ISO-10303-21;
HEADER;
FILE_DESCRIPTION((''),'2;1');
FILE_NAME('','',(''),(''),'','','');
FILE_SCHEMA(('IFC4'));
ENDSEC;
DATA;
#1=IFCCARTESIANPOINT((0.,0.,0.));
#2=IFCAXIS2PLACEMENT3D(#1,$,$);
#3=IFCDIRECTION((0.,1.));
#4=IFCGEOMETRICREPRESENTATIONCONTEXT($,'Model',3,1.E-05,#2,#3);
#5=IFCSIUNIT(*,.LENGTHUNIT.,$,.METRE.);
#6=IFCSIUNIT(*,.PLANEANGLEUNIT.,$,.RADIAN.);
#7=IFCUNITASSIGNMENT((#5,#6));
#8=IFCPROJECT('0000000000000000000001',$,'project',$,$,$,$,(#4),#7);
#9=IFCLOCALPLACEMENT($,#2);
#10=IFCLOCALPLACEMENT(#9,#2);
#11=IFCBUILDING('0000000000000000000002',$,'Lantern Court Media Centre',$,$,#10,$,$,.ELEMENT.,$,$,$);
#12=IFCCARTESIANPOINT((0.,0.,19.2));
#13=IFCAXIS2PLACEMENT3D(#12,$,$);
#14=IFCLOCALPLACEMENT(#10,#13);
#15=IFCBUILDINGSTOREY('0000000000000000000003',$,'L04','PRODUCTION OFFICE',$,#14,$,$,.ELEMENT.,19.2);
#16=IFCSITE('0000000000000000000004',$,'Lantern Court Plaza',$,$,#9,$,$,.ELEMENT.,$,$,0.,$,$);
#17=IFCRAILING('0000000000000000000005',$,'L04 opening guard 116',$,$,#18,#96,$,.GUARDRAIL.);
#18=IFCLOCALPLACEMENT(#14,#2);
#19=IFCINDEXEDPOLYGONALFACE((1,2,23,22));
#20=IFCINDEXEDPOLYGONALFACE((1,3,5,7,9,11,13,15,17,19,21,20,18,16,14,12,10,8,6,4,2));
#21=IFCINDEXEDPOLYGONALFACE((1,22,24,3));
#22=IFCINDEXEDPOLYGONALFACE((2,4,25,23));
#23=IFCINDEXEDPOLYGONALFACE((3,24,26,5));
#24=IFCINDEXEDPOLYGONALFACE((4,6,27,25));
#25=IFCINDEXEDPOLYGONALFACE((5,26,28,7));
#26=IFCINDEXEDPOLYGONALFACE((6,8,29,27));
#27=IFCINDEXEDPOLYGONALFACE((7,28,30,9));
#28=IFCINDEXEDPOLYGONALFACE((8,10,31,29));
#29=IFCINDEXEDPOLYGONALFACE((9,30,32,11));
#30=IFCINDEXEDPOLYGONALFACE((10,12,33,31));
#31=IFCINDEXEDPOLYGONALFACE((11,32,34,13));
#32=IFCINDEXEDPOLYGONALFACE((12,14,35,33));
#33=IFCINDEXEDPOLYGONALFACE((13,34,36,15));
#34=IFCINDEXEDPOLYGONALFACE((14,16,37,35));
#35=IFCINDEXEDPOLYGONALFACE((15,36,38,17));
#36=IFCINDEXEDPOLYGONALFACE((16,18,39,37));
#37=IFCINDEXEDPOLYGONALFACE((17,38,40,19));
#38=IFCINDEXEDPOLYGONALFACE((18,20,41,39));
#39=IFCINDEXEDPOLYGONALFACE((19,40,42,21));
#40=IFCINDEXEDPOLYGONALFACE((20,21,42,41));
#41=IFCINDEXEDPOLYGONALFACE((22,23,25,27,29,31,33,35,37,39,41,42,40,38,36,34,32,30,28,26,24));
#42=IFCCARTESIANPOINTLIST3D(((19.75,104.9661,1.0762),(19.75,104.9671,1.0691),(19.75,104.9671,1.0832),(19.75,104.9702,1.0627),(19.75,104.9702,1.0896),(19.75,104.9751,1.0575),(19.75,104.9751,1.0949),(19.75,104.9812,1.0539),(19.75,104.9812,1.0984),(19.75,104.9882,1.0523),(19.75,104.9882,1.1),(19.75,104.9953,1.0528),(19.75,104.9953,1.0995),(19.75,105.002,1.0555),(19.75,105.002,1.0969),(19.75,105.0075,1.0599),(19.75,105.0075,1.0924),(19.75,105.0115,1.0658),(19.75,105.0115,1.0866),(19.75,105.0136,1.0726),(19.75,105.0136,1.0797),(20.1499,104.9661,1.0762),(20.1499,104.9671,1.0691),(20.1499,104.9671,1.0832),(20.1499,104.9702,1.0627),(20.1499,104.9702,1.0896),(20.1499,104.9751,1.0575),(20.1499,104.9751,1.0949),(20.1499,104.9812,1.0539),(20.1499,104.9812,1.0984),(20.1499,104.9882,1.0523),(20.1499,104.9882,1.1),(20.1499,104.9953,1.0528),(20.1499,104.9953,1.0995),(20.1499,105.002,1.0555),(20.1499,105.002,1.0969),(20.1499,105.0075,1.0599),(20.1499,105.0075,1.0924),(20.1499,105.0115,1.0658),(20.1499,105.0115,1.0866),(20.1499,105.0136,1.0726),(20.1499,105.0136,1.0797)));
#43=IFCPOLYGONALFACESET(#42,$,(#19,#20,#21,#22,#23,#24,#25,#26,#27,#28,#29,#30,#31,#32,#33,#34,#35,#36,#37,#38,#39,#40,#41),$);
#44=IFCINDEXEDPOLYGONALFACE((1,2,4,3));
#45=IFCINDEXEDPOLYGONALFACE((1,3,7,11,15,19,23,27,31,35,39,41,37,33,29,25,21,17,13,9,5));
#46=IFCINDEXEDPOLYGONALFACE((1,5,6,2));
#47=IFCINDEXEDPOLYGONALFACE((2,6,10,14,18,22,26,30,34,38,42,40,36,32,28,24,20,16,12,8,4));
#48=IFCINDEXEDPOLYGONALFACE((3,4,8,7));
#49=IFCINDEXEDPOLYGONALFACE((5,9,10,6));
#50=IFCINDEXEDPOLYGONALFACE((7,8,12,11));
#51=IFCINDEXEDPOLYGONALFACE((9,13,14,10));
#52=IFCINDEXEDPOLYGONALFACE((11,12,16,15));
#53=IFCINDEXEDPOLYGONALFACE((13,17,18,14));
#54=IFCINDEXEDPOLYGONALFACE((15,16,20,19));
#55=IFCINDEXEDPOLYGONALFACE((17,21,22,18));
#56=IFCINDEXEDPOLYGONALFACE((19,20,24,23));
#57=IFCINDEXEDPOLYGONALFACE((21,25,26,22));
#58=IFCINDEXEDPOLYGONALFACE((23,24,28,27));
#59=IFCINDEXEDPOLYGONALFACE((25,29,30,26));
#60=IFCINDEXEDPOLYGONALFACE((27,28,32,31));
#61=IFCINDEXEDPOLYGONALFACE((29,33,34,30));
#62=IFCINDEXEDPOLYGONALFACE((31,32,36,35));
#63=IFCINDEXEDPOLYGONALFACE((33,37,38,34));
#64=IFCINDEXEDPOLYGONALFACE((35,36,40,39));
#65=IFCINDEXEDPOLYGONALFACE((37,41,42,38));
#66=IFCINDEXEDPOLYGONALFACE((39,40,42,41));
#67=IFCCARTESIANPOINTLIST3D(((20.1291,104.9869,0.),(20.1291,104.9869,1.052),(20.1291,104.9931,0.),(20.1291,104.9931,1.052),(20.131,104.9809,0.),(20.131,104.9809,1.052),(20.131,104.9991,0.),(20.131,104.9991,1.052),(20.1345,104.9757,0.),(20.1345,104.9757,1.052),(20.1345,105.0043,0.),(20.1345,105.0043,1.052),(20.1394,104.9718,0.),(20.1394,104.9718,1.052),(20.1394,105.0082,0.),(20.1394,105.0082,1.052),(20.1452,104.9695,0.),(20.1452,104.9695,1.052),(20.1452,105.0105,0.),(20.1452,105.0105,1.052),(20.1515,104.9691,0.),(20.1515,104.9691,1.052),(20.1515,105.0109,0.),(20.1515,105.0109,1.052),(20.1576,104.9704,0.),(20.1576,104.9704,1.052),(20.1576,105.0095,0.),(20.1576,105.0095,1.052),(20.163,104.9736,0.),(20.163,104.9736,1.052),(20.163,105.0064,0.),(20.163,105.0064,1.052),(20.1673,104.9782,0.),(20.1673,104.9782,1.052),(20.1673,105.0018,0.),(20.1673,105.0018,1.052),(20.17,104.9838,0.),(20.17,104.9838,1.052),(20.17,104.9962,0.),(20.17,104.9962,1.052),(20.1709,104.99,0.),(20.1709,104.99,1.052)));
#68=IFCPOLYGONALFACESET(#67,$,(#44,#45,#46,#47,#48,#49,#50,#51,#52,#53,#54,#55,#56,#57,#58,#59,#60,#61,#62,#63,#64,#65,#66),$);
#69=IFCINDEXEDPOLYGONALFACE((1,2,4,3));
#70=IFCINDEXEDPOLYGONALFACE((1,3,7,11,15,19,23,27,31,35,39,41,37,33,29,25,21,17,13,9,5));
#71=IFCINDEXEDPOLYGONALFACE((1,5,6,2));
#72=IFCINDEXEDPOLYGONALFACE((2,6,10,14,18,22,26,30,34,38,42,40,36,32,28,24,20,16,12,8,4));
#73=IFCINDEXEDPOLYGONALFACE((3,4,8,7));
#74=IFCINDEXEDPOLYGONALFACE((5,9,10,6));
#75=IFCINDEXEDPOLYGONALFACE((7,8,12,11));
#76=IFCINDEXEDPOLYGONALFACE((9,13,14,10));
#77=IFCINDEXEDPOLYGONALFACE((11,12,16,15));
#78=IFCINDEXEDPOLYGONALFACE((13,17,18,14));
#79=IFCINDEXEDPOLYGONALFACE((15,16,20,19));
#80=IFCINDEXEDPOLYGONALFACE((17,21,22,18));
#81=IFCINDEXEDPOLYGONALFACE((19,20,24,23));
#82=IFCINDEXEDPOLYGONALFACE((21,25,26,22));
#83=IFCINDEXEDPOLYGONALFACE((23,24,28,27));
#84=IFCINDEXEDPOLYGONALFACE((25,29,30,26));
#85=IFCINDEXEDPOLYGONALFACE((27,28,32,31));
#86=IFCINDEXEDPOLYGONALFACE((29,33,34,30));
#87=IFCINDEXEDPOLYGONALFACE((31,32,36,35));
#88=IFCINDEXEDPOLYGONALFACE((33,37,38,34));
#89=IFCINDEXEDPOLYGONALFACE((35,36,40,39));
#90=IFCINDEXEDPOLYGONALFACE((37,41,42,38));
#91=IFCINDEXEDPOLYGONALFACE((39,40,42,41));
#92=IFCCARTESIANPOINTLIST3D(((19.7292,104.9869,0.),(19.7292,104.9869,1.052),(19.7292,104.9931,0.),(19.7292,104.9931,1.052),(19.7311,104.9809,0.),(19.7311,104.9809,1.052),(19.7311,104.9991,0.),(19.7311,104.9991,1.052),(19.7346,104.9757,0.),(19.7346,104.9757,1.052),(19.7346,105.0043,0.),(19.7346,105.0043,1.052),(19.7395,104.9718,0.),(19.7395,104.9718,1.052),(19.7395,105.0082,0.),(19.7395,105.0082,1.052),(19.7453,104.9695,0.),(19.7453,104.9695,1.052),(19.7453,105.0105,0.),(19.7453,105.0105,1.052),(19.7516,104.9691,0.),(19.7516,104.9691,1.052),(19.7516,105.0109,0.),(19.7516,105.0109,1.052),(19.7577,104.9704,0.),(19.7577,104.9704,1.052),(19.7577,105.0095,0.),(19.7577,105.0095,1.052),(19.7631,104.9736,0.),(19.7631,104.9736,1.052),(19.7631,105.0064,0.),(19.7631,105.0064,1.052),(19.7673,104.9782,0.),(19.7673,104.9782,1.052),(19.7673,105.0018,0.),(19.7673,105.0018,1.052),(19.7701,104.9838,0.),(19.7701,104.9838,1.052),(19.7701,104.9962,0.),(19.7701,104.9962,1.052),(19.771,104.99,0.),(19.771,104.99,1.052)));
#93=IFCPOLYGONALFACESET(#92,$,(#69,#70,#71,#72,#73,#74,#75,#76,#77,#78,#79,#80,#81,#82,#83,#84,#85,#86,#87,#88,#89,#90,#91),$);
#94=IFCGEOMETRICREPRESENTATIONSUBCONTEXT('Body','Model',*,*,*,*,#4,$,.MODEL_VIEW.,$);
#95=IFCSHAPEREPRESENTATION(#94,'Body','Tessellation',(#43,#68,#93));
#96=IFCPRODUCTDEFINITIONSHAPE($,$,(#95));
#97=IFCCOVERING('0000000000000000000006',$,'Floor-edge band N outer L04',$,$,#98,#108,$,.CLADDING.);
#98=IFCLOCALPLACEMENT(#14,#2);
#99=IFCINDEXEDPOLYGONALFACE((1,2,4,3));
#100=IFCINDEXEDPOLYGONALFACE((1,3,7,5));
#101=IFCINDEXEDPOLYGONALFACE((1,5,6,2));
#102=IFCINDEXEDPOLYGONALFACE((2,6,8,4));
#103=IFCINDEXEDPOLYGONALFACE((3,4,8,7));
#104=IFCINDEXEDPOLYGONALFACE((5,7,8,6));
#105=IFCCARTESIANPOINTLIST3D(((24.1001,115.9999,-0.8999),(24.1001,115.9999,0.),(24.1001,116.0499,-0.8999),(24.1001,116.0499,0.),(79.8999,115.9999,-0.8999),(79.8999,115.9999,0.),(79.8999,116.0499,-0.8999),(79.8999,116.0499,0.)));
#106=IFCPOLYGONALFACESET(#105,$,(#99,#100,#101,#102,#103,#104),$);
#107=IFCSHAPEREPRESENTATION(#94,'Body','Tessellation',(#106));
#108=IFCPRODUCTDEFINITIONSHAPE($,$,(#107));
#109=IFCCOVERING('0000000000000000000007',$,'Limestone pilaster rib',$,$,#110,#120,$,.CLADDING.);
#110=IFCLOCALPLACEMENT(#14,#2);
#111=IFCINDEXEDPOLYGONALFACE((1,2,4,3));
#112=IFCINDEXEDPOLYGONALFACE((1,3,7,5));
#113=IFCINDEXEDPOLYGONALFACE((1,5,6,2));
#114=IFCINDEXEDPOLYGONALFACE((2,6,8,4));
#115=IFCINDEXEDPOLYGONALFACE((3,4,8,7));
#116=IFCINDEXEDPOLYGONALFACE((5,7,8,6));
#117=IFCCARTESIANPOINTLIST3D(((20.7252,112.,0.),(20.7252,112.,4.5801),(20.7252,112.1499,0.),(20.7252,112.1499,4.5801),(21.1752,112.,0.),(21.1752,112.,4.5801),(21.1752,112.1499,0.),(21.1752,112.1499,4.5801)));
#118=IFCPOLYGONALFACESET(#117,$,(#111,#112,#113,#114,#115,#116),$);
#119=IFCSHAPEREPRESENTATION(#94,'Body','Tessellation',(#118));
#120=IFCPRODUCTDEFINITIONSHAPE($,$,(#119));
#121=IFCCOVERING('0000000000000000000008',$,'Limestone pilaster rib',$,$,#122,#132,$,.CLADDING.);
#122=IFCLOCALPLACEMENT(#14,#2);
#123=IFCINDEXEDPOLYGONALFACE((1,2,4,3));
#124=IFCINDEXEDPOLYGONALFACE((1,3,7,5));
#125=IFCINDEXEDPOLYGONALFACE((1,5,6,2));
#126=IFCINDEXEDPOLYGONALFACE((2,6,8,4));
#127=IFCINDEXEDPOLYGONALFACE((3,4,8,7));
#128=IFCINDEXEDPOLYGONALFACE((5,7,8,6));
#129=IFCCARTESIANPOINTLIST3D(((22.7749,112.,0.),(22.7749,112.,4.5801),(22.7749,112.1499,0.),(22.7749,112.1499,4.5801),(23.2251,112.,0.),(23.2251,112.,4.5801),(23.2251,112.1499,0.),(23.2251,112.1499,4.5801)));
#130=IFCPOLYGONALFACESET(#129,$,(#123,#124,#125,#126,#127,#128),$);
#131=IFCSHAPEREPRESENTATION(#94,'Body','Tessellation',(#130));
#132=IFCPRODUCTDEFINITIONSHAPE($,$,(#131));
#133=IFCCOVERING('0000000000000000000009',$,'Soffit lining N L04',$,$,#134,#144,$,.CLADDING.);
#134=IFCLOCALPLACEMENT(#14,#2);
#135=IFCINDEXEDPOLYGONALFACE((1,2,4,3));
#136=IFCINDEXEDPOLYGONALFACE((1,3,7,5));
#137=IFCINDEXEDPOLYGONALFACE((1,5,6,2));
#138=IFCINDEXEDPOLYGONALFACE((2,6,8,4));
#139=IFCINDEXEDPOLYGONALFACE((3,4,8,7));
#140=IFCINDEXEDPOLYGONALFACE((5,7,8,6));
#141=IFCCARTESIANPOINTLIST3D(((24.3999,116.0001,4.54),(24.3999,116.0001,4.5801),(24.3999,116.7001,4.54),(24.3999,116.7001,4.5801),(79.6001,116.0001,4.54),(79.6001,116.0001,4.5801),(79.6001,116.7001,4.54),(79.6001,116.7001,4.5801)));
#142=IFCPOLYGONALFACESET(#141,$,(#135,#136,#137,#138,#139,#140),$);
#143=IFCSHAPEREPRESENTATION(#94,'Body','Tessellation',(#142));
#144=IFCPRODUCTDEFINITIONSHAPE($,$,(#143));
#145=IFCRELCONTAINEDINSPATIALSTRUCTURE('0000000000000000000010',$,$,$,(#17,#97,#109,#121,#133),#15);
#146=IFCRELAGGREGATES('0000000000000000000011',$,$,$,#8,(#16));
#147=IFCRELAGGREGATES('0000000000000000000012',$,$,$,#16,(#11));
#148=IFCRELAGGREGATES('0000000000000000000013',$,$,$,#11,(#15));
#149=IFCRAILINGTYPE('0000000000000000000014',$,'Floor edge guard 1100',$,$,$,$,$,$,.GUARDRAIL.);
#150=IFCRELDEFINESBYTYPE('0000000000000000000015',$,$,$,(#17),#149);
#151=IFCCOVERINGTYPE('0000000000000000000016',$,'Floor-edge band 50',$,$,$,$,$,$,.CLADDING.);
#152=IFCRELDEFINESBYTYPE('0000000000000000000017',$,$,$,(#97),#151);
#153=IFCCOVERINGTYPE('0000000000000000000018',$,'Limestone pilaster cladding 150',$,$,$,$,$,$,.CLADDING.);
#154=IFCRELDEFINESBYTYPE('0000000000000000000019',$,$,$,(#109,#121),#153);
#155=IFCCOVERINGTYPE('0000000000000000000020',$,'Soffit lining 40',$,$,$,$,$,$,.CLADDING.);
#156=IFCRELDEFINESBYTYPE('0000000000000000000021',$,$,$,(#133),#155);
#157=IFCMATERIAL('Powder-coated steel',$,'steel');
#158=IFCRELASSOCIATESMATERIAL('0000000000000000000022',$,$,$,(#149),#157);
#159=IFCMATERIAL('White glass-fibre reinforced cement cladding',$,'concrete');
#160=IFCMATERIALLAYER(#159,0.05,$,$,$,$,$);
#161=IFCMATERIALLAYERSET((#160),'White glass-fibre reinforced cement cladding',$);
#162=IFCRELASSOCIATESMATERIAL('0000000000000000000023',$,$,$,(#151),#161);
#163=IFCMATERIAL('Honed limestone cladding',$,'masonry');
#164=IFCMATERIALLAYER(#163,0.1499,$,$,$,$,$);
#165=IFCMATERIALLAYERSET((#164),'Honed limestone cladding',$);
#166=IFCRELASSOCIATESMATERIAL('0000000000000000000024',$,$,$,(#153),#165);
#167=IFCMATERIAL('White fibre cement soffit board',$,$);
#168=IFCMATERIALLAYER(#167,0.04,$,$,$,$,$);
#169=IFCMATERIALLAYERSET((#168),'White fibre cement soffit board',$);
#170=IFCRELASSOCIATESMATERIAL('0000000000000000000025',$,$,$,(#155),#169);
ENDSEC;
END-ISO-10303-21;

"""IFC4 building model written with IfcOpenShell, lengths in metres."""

from ifc_helpers import new_model, si_unit, direction, frame, frame_2d, origin, origin_2d, place, context, subcontext, project, spatial, rectangle, circle, extrude, material, layer, layer_set, type_object, element, save


model = new_model("IFC4")

# Units and contexts
model_context = context("Model", 3, precision=1e-05, world=origin(), true_north=direction((0.0, 1.0)))
body_context = subcontext(model_context, "Body", "Model", "MODEL_VIEW")
ifc_project = project(units=[si_unit("LENGTHUNIT", "METRE"), si_unit("PLANEANGLEUNIT", "RADIAN")], contexts=[model_context])

# Site, building, storey
site_placement = place(None, origin())
site = spatial("IfcSite", under=ifc_project, at=site_placement, Name="Lantern Court Plaza", CompositionType="ELEMENT", RefElevation=0.0)
building_placement = place(site_placement, origin())
building = spatial("IfcBuilding", under=site, at=building_placement, Name="Lantern Court Media Centre", CompositionType="ELEMENT")
storey_placement = place(building_placement, frame((0.0, 0.0, 19.2)))
storey = spatial("IfcBuildingStorey", under=building, at=storey_placement, Name="L04", Description="PRODUCTION OFFICE", CompositionType="ELEMENT", Elevation=19.2)

# Railing
ifc_material_1 = material(Name="Powder-coated steel", Category="steel")
railing_type_1 = type_object("IfcRailingType", Name="Floor edge guard 1100", PredefinedType="GUARDRAIL", material=ifc_material_1)
railing_1_placement = place(storey_placement, frame((20.1499, 104.99, 0.0)))
element("IfcRailing", 1, at=railing_1_placement, inside=storey, type_object=railing_type_1, Name="L04 opening guard 116", PredefinedType="GUARDRAIL", context=body_context, shape_type="SweptSolid", body=[
    extrude(circle(Radius=0.0239, at=origin_2d()), frame((0.0, 0.0, 1.0762), z_axis=(-1.0, 0.0, 0.0), x_axis=(0.0, -1.0, 0.0)), (0.0, 0.0, 1.0), 0.3999),
    extrude(circle(Radius=0.021, at=origin_2d()), origin(), (0.0, 0.0, 1.0), 1.052),
    extrude(circle(Radius=0.021, at=origin_2d()), frame((-0.3999, 0.0, 0.0)), (0.0, 0.0, 1.0), 1.052),
])

# Coverings
ifc_material_2 = material(Name="White glass-fibre reinforced cement cladding", Category="concrete")
ifc_layer_1 = layer(ifc_material_2, 0.05)
ifc_layer_set_1 = layer_set([ifc_layer_1], Name="White glass-fibre reinforced cement cladding")
covering_type_1 = type_object("IfcCoveringType", Name="Floor-edge band 50", PredefinedType="CLADDING", material=ifc_layer_set_1)
covering_1_placement = place(storey_placement, frame((24.1001, 116.0249, -0.8999), z_axis=(0.0, 0.0, 1.0), x_axis=(1.0, 0.0, 0.0)))
element("IfcCovering", 2, at=covering_1_placement, inside=storey, type_object=covering_type_1, Name="Floor-edge band N outer L04", PredefinedType="CLADDING", context=body_context, shape_type="SweptSolid", body=[
    extrude(rectangle(XDim=55.7998, YDim=0.05, at=frame_2d((27.8999, 0.0))), origin(), (0.0, 0.0, 1.0), 0.8999),
])
ifc_material_3 = material(Name="Honed limestone cladding", Category="masonry")
ifc_layer_2 = layer(ifc_material_3, 0.1499)
ifc_layer_set_2 = layer_set([ifc_layer_2], Name="Honed limestone cladding")
covering_type_2 = type_object("IfcCoveringType", Name="Limestone pilaster cladding 150", PredefinedType="CLADDING", material=ifc_layer_set_2)
covering_2_placement = place(storey_placement, frame((20.7251, 112.075, 0.0), z_axis=(0.0, 0.0, 1.0), x_axis=(1.0, 0.0, 0.0)))
element("IfcCovering", 3, at=covering_2_placement, inside=storey, type_object=covering_type_2, Name="Limestone pilaster rib", PredefinedType="CLADDING", context=body_context, shape_type="SweptSolid", body=[
    extrude(rectangle(XDim=0.45, YDim=0.1499, at=frame_2d((0.2251, 0.0))), origin(), (0.0, 0.0, 1.0), 4.5801),
])
covering_3_placement = place(storey_placement, frame((22.7749, 112.075, 0.0), z_axis=(0.0, 0.0, 1.0), x_axis=(1.0, 0.0, 0.0)))
element("IfcCovering", 4, at=covering_3_placement, inside=storey, type_object=covering_type_2, Name="Limestone pilaster rib", PredefinedType="CLADDING", context=body_context, shape_type="SweptSolid", body=[
    extrude(rectangle(XDim=0.4502, YDim=0.1499, at=frame_2d((0.2251, 0.0))), origin(), (0.0, 0.0, 1.0), 4.5801),
])
ifc_material_4 = material(Name="White fibre cement soffit board")
ifc_layer_3 = layer(ifc_material_4, 0.04)
ifc_layer_set_3 = layer_set([ifc_layer_3], Name="White fibre cement soffit board")
covering_type_3 = type_object("IfcCoveringType", Name="Soffit lining 40", PredefinedType="CLADDING", material=ifc_layer_set_3)
covering_4_placement = place(storey_placement, frame((24.3999, 116.3501, 4.54), z_axis=(0.0, 0.0, 1.0), x_axis=(1.0, 0.0, 0.0)))
element("IfcCovering", 5, at=covering_4_placement, inside=storey, type_object=covering_type_3, Name="Soffit lining N L04", PredefinedType="CLADDING", context=body_context, shape_type="SweptSolid", body=[
    extrude(rectangle(XDim=55.2002, YDim=0.7, at=frame_2d((27.6001, 0.0))), origin(), (0.0, 0.0, 1.0), 0.04),
])

save(model, "model.ifc")
